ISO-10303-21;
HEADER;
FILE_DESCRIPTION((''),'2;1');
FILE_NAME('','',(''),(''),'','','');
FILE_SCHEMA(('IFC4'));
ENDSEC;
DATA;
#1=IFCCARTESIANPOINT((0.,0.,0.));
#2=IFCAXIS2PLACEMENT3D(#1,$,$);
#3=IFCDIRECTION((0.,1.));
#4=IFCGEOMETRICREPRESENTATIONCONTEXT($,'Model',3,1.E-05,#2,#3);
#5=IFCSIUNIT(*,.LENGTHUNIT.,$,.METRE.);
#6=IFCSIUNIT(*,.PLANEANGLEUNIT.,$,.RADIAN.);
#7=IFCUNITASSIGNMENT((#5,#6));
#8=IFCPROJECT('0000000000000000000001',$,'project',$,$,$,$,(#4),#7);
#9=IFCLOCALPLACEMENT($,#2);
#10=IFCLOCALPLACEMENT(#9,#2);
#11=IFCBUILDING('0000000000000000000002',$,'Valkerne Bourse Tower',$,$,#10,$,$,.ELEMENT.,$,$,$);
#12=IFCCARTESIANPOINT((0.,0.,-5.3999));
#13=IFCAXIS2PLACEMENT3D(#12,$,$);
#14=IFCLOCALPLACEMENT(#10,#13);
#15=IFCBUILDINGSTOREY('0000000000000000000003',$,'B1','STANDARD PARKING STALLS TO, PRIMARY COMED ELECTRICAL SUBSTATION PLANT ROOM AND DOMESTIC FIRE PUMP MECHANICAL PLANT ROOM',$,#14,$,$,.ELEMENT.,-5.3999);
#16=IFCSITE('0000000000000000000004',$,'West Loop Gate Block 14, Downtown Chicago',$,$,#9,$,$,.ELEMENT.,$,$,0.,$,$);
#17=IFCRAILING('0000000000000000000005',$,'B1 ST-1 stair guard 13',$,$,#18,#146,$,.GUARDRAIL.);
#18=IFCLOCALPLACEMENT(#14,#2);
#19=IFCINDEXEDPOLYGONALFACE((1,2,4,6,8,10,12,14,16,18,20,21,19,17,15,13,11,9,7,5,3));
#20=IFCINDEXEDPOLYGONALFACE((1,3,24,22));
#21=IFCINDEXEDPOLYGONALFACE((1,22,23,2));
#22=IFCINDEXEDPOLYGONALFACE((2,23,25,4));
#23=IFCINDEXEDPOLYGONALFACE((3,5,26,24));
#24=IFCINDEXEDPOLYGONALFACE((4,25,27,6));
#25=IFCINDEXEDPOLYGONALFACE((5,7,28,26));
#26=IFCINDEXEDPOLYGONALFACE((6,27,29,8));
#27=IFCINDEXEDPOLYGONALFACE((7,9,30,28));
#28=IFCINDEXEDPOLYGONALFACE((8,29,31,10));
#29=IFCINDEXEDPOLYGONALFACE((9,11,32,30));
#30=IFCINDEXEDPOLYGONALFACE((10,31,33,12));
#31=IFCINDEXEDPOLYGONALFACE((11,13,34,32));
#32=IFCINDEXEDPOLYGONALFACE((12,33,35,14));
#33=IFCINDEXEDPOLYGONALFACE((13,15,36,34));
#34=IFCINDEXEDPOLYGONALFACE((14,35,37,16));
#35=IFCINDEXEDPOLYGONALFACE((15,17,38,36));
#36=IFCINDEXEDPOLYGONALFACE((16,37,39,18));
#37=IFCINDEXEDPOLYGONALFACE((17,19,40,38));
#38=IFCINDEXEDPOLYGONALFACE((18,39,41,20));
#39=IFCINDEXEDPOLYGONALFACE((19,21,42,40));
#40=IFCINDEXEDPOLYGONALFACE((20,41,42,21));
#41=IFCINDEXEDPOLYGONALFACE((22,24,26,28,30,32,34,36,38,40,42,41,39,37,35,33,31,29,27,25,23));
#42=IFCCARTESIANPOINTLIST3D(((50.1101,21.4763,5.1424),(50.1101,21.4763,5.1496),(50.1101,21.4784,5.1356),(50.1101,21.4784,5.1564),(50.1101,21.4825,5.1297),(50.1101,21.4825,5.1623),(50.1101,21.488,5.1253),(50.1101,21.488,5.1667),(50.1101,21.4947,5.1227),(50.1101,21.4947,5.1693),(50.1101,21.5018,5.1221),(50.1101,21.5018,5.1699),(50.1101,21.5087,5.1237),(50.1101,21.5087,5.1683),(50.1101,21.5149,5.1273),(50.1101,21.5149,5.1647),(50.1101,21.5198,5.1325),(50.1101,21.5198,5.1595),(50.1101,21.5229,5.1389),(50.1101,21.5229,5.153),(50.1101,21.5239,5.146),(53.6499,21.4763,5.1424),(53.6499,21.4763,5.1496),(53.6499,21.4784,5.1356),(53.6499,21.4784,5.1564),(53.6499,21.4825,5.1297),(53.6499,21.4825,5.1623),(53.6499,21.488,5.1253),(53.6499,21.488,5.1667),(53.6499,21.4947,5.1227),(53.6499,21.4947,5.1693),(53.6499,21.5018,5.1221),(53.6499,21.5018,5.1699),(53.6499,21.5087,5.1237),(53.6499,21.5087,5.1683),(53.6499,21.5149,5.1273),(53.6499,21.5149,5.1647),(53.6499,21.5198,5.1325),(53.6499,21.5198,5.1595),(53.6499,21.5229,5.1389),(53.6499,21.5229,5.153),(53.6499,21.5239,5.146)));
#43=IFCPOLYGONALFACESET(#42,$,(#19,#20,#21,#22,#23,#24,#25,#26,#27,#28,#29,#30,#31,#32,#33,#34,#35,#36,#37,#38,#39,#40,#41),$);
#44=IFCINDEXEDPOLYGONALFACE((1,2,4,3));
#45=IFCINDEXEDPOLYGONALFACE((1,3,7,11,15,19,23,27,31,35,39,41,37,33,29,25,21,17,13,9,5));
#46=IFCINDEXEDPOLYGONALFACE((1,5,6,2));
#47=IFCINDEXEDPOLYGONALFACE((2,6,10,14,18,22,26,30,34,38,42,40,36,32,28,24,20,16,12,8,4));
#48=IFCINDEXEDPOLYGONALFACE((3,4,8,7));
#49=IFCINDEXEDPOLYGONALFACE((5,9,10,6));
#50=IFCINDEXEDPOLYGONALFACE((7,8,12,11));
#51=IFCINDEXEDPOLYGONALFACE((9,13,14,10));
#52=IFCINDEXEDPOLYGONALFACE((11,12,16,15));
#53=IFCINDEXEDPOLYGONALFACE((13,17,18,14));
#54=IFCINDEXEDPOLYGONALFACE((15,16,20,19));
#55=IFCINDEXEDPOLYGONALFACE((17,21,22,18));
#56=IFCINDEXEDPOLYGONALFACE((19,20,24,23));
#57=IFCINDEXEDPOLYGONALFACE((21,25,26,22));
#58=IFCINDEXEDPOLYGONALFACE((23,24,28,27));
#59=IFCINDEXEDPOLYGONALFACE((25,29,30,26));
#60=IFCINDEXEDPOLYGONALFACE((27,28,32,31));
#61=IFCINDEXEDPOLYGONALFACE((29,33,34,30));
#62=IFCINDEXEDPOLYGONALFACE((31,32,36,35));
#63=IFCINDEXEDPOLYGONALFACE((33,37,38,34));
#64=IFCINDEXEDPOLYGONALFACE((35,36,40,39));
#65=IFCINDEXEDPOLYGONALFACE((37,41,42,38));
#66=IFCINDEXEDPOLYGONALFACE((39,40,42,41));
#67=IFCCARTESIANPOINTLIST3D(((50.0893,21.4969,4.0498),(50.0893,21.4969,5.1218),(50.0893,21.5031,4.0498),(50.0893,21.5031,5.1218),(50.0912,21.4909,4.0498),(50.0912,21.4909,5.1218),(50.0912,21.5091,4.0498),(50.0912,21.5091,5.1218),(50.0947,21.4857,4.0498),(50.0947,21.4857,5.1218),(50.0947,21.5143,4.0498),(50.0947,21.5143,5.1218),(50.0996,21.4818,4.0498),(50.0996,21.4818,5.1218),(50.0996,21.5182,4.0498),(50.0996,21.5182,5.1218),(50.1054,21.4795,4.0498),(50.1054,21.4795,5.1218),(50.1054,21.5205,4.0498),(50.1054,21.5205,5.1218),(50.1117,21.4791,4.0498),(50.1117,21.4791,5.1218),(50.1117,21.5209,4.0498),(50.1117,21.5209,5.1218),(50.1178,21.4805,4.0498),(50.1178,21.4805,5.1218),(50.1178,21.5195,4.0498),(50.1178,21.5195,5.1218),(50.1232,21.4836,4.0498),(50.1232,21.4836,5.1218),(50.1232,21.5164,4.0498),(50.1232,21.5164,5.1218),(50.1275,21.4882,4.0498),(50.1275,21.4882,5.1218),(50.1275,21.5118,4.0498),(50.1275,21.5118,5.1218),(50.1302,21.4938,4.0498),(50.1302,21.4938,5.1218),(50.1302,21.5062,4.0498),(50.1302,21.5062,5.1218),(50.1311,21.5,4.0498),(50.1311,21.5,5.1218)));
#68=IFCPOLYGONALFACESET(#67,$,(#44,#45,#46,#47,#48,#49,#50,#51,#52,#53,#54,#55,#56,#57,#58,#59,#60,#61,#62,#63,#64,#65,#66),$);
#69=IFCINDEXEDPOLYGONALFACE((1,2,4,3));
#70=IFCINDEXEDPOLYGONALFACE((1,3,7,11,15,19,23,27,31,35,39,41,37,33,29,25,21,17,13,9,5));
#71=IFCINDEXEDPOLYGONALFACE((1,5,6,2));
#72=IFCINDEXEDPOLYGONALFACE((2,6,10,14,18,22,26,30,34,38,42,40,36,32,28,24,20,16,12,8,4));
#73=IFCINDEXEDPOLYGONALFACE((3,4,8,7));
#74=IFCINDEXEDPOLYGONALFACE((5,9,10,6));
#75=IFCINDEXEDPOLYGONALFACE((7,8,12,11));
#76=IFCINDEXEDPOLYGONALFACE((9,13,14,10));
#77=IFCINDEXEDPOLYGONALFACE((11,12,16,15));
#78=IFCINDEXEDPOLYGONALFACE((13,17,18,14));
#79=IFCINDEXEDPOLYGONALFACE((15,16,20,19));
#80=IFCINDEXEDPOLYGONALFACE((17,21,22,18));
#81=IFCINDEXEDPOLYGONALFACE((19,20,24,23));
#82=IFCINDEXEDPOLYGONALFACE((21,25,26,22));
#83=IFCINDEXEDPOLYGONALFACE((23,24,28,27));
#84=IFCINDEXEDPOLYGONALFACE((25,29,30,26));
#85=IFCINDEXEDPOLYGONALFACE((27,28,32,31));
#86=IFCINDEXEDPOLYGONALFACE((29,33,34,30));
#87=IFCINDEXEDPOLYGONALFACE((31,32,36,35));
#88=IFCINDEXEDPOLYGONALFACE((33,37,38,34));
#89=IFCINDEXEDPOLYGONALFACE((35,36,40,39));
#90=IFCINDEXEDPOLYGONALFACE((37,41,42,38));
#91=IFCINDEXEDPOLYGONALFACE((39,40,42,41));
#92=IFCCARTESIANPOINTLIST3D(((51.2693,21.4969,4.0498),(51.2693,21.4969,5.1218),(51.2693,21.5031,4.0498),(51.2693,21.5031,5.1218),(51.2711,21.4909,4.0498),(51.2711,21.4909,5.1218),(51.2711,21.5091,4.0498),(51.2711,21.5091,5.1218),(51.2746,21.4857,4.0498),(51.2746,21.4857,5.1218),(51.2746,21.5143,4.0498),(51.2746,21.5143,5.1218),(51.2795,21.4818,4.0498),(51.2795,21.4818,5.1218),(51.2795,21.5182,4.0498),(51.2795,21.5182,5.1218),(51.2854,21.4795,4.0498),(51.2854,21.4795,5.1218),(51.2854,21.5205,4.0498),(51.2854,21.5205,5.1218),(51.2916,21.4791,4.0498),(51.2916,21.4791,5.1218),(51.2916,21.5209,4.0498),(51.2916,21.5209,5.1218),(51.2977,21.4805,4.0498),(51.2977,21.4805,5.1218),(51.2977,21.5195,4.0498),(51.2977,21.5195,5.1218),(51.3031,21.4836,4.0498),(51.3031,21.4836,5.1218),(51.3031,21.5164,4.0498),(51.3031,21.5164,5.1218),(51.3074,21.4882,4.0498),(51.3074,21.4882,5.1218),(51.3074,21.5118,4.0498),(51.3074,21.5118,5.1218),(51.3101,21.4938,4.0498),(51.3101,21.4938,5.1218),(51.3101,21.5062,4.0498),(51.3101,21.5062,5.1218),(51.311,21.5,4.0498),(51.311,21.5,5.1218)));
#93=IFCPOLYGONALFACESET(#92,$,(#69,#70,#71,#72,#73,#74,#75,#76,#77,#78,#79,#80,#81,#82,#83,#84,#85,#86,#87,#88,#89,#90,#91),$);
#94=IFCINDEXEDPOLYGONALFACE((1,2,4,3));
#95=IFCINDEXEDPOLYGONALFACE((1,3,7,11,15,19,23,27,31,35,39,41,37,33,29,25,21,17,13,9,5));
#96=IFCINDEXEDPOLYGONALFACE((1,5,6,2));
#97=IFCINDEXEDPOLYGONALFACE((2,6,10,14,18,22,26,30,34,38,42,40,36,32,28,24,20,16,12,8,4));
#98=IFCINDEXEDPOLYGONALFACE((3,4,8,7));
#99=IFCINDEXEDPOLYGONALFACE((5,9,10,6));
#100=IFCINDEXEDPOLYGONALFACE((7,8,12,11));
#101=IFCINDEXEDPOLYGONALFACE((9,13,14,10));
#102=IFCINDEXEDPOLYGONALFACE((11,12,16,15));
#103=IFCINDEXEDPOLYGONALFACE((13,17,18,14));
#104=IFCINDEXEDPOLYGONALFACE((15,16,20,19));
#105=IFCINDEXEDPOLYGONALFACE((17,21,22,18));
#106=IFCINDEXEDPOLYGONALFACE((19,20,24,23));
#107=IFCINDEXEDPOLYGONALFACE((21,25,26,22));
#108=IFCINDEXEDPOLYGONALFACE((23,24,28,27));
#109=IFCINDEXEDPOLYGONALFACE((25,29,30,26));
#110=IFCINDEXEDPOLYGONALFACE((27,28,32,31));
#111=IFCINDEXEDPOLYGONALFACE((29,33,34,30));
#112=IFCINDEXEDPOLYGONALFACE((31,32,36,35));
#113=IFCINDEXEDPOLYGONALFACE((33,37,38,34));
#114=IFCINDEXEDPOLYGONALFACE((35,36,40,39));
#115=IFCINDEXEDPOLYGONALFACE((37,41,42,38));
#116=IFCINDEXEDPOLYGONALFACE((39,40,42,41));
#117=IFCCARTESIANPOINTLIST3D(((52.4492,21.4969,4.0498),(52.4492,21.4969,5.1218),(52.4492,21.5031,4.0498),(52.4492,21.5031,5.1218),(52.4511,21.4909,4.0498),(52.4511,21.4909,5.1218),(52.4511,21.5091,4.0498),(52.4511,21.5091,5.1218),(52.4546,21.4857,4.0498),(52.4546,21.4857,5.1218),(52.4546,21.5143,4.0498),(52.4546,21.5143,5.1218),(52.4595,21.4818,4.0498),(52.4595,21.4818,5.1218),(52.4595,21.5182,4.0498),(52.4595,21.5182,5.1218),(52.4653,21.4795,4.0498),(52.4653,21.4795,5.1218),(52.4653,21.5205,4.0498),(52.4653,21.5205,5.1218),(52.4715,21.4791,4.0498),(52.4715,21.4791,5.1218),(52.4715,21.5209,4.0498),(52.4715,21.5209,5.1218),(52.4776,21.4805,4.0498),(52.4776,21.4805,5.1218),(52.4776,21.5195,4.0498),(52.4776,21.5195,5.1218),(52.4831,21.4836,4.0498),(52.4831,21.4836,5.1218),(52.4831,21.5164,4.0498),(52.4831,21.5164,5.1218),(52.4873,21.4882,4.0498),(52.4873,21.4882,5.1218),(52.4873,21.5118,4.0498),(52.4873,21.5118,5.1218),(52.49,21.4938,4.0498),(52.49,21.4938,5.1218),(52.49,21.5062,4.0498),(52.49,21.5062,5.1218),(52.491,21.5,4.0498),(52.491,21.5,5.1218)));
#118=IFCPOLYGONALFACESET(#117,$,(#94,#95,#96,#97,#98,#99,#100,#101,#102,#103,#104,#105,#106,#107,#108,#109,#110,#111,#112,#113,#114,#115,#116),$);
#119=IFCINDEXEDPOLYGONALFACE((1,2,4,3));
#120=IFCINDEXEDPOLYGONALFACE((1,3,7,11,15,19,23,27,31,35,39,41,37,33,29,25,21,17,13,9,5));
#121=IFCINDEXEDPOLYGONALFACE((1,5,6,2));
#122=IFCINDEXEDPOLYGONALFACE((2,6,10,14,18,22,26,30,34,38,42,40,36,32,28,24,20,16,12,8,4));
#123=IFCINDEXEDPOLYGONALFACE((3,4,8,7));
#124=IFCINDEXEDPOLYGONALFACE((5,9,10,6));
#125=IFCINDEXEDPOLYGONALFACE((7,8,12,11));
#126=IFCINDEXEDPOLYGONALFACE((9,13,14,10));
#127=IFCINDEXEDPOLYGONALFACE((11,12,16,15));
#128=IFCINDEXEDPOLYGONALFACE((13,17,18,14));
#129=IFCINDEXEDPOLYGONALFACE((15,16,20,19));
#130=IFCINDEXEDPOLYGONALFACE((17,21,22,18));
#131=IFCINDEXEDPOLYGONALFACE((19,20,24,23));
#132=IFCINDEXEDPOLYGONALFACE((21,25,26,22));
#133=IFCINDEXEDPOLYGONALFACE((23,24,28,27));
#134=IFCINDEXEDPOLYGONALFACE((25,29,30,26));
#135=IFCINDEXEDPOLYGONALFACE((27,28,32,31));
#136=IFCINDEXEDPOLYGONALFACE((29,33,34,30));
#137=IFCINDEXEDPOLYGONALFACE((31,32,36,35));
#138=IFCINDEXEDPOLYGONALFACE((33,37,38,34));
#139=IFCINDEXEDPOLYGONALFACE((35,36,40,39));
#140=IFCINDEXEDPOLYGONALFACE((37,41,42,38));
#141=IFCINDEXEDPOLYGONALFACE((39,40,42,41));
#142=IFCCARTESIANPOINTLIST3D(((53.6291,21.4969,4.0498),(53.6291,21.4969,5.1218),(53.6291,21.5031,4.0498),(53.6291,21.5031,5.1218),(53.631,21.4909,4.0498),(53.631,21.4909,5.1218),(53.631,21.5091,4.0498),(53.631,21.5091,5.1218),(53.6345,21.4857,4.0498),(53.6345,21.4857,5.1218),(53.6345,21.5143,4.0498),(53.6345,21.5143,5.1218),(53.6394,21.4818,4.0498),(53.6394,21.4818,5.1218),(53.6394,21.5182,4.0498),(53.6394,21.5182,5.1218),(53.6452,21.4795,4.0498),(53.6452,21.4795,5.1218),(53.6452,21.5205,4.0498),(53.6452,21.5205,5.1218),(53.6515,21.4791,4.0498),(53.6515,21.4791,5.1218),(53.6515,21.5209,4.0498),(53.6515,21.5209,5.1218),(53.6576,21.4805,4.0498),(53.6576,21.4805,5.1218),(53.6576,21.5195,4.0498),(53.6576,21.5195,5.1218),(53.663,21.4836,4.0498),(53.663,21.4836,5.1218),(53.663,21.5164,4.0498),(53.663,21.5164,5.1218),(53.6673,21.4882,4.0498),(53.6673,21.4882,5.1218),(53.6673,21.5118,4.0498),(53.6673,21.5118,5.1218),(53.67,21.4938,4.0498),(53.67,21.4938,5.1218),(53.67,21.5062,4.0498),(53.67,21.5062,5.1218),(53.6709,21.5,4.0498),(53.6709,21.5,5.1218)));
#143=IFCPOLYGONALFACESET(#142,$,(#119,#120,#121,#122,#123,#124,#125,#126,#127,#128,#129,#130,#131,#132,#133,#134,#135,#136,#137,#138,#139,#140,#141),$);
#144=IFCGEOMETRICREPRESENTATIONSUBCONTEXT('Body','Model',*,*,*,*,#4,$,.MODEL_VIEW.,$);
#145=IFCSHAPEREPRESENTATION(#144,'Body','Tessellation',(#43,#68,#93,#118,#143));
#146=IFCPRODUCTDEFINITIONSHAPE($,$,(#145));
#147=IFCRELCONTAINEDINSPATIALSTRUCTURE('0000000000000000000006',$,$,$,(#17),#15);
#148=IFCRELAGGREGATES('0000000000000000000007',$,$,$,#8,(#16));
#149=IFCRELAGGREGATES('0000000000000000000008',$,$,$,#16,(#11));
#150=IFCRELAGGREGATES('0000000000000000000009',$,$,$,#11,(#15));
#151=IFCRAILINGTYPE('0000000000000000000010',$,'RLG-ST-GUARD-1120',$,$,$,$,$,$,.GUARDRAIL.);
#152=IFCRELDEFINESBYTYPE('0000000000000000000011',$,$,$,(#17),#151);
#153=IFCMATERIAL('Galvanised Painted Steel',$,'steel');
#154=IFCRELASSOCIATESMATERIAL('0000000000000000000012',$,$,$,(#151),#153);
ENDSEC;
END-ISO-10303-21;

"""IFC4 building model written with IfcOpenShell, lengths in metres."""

from ifc_helpers import new_model, si_unit, direction, frame, origin, origin_2d, place, context, subcontext, project, spatial, circle, extrude, material, type_object, element, save


model = new_model("IFC4")

# Units and contexts
model_context = context("Model", 3, precision=1e-05, world=origin(), true_north=direction((0.0, 1.0)))
body_context = subcontext(model_context, "Body", "Model", "MODEL_VIEW")
ifc_project = project(units=[si_unit("LENGTHUNIT", "METRE"), si_unit("PLANEANGLEUNIT", "RADIAN")], contexts=[model_context])

# Site, building, storey
site_placement = place(None, origin())
site = spatial("IfcSite", under=ifc_project, at=site_placement, Name="West Loop Gate Block 14, Downtown Chicago", CompositionType="ELEMENT", RefElevation=0.0)
building_placement = place(site_placement, origin())
building = spatial("IfcBuilding", under=site, at=building_placement, Name="Valkerne Bourse Tower", CompositionType="ELEMENT")
storey_placement = place(building_placement, frame((0.0, 0.0, -5.3999)))
storey = spatial("IfcBuildingStorey", under=building, at=storey_placement, Name="B1", Description="STANDARD PARKING STALLS TO, PRIMARY COMED ELECTRICAL SUBSTATION PLANT ROOM AND DOMESTIC FIRE PUMP MECHANICAL PLANT ROOM", CompositionType="ELEMENT", Elevation=-5.3999)

# Shared definitions
ifc_material_1 = material(Name="Galvanised Painted Steel", Category="steel")

# Railing
railing_type_1 = type_object("IfcRailingType", Name="RLG-ST-GUARD-1120", PredefinedType="GUARDRAIL", material=ifc_material_1)
railing_1_placement = place(storey_placement, frame((50.1101, 21.5, 4.0498)))
element("IfcRailing", 1, at=railing_1_placement, inside=storey, type_object=railing_type_1, Name="B1 ST-1 stair guard 13", PredefinedType="GUARDRAIL", context=body_context, shape_type="SweptSolid", body=[
    extrude(circle(Radius=0.0239, at=origin_2d()), frame((0.0, 0.0, 1.0962), z_axis=(1.0, 0.0, 0.0), x_axis=(0.0, 1.0, 0.0)), (0.0, 0.0, 1.0), 3.5398),
    extrude(circle(Radius=0.021, at=origin_2d()), origin(), (0.0, 0.0, 1.0), 1.072),
    extrude(circle(Radius=0.021, at=origin_2d()), frame((1.1799, 0.0, 0.0)), (0.0, 0.0, 1.0), 1.072),
    extrude(circle(Radius=0.021, at=origin_2d()), frame((2.3599, 0.0, 0.0)), (0.0, 0.0, 1.0), 1.072),
    extrude(circle(Radius=0.021, at=origin_2d()), frame((3.5398, 0.0, 0.0)), (0.0, 0.0, 1.0), 1.072),
])

save(model, "model.ifc")
